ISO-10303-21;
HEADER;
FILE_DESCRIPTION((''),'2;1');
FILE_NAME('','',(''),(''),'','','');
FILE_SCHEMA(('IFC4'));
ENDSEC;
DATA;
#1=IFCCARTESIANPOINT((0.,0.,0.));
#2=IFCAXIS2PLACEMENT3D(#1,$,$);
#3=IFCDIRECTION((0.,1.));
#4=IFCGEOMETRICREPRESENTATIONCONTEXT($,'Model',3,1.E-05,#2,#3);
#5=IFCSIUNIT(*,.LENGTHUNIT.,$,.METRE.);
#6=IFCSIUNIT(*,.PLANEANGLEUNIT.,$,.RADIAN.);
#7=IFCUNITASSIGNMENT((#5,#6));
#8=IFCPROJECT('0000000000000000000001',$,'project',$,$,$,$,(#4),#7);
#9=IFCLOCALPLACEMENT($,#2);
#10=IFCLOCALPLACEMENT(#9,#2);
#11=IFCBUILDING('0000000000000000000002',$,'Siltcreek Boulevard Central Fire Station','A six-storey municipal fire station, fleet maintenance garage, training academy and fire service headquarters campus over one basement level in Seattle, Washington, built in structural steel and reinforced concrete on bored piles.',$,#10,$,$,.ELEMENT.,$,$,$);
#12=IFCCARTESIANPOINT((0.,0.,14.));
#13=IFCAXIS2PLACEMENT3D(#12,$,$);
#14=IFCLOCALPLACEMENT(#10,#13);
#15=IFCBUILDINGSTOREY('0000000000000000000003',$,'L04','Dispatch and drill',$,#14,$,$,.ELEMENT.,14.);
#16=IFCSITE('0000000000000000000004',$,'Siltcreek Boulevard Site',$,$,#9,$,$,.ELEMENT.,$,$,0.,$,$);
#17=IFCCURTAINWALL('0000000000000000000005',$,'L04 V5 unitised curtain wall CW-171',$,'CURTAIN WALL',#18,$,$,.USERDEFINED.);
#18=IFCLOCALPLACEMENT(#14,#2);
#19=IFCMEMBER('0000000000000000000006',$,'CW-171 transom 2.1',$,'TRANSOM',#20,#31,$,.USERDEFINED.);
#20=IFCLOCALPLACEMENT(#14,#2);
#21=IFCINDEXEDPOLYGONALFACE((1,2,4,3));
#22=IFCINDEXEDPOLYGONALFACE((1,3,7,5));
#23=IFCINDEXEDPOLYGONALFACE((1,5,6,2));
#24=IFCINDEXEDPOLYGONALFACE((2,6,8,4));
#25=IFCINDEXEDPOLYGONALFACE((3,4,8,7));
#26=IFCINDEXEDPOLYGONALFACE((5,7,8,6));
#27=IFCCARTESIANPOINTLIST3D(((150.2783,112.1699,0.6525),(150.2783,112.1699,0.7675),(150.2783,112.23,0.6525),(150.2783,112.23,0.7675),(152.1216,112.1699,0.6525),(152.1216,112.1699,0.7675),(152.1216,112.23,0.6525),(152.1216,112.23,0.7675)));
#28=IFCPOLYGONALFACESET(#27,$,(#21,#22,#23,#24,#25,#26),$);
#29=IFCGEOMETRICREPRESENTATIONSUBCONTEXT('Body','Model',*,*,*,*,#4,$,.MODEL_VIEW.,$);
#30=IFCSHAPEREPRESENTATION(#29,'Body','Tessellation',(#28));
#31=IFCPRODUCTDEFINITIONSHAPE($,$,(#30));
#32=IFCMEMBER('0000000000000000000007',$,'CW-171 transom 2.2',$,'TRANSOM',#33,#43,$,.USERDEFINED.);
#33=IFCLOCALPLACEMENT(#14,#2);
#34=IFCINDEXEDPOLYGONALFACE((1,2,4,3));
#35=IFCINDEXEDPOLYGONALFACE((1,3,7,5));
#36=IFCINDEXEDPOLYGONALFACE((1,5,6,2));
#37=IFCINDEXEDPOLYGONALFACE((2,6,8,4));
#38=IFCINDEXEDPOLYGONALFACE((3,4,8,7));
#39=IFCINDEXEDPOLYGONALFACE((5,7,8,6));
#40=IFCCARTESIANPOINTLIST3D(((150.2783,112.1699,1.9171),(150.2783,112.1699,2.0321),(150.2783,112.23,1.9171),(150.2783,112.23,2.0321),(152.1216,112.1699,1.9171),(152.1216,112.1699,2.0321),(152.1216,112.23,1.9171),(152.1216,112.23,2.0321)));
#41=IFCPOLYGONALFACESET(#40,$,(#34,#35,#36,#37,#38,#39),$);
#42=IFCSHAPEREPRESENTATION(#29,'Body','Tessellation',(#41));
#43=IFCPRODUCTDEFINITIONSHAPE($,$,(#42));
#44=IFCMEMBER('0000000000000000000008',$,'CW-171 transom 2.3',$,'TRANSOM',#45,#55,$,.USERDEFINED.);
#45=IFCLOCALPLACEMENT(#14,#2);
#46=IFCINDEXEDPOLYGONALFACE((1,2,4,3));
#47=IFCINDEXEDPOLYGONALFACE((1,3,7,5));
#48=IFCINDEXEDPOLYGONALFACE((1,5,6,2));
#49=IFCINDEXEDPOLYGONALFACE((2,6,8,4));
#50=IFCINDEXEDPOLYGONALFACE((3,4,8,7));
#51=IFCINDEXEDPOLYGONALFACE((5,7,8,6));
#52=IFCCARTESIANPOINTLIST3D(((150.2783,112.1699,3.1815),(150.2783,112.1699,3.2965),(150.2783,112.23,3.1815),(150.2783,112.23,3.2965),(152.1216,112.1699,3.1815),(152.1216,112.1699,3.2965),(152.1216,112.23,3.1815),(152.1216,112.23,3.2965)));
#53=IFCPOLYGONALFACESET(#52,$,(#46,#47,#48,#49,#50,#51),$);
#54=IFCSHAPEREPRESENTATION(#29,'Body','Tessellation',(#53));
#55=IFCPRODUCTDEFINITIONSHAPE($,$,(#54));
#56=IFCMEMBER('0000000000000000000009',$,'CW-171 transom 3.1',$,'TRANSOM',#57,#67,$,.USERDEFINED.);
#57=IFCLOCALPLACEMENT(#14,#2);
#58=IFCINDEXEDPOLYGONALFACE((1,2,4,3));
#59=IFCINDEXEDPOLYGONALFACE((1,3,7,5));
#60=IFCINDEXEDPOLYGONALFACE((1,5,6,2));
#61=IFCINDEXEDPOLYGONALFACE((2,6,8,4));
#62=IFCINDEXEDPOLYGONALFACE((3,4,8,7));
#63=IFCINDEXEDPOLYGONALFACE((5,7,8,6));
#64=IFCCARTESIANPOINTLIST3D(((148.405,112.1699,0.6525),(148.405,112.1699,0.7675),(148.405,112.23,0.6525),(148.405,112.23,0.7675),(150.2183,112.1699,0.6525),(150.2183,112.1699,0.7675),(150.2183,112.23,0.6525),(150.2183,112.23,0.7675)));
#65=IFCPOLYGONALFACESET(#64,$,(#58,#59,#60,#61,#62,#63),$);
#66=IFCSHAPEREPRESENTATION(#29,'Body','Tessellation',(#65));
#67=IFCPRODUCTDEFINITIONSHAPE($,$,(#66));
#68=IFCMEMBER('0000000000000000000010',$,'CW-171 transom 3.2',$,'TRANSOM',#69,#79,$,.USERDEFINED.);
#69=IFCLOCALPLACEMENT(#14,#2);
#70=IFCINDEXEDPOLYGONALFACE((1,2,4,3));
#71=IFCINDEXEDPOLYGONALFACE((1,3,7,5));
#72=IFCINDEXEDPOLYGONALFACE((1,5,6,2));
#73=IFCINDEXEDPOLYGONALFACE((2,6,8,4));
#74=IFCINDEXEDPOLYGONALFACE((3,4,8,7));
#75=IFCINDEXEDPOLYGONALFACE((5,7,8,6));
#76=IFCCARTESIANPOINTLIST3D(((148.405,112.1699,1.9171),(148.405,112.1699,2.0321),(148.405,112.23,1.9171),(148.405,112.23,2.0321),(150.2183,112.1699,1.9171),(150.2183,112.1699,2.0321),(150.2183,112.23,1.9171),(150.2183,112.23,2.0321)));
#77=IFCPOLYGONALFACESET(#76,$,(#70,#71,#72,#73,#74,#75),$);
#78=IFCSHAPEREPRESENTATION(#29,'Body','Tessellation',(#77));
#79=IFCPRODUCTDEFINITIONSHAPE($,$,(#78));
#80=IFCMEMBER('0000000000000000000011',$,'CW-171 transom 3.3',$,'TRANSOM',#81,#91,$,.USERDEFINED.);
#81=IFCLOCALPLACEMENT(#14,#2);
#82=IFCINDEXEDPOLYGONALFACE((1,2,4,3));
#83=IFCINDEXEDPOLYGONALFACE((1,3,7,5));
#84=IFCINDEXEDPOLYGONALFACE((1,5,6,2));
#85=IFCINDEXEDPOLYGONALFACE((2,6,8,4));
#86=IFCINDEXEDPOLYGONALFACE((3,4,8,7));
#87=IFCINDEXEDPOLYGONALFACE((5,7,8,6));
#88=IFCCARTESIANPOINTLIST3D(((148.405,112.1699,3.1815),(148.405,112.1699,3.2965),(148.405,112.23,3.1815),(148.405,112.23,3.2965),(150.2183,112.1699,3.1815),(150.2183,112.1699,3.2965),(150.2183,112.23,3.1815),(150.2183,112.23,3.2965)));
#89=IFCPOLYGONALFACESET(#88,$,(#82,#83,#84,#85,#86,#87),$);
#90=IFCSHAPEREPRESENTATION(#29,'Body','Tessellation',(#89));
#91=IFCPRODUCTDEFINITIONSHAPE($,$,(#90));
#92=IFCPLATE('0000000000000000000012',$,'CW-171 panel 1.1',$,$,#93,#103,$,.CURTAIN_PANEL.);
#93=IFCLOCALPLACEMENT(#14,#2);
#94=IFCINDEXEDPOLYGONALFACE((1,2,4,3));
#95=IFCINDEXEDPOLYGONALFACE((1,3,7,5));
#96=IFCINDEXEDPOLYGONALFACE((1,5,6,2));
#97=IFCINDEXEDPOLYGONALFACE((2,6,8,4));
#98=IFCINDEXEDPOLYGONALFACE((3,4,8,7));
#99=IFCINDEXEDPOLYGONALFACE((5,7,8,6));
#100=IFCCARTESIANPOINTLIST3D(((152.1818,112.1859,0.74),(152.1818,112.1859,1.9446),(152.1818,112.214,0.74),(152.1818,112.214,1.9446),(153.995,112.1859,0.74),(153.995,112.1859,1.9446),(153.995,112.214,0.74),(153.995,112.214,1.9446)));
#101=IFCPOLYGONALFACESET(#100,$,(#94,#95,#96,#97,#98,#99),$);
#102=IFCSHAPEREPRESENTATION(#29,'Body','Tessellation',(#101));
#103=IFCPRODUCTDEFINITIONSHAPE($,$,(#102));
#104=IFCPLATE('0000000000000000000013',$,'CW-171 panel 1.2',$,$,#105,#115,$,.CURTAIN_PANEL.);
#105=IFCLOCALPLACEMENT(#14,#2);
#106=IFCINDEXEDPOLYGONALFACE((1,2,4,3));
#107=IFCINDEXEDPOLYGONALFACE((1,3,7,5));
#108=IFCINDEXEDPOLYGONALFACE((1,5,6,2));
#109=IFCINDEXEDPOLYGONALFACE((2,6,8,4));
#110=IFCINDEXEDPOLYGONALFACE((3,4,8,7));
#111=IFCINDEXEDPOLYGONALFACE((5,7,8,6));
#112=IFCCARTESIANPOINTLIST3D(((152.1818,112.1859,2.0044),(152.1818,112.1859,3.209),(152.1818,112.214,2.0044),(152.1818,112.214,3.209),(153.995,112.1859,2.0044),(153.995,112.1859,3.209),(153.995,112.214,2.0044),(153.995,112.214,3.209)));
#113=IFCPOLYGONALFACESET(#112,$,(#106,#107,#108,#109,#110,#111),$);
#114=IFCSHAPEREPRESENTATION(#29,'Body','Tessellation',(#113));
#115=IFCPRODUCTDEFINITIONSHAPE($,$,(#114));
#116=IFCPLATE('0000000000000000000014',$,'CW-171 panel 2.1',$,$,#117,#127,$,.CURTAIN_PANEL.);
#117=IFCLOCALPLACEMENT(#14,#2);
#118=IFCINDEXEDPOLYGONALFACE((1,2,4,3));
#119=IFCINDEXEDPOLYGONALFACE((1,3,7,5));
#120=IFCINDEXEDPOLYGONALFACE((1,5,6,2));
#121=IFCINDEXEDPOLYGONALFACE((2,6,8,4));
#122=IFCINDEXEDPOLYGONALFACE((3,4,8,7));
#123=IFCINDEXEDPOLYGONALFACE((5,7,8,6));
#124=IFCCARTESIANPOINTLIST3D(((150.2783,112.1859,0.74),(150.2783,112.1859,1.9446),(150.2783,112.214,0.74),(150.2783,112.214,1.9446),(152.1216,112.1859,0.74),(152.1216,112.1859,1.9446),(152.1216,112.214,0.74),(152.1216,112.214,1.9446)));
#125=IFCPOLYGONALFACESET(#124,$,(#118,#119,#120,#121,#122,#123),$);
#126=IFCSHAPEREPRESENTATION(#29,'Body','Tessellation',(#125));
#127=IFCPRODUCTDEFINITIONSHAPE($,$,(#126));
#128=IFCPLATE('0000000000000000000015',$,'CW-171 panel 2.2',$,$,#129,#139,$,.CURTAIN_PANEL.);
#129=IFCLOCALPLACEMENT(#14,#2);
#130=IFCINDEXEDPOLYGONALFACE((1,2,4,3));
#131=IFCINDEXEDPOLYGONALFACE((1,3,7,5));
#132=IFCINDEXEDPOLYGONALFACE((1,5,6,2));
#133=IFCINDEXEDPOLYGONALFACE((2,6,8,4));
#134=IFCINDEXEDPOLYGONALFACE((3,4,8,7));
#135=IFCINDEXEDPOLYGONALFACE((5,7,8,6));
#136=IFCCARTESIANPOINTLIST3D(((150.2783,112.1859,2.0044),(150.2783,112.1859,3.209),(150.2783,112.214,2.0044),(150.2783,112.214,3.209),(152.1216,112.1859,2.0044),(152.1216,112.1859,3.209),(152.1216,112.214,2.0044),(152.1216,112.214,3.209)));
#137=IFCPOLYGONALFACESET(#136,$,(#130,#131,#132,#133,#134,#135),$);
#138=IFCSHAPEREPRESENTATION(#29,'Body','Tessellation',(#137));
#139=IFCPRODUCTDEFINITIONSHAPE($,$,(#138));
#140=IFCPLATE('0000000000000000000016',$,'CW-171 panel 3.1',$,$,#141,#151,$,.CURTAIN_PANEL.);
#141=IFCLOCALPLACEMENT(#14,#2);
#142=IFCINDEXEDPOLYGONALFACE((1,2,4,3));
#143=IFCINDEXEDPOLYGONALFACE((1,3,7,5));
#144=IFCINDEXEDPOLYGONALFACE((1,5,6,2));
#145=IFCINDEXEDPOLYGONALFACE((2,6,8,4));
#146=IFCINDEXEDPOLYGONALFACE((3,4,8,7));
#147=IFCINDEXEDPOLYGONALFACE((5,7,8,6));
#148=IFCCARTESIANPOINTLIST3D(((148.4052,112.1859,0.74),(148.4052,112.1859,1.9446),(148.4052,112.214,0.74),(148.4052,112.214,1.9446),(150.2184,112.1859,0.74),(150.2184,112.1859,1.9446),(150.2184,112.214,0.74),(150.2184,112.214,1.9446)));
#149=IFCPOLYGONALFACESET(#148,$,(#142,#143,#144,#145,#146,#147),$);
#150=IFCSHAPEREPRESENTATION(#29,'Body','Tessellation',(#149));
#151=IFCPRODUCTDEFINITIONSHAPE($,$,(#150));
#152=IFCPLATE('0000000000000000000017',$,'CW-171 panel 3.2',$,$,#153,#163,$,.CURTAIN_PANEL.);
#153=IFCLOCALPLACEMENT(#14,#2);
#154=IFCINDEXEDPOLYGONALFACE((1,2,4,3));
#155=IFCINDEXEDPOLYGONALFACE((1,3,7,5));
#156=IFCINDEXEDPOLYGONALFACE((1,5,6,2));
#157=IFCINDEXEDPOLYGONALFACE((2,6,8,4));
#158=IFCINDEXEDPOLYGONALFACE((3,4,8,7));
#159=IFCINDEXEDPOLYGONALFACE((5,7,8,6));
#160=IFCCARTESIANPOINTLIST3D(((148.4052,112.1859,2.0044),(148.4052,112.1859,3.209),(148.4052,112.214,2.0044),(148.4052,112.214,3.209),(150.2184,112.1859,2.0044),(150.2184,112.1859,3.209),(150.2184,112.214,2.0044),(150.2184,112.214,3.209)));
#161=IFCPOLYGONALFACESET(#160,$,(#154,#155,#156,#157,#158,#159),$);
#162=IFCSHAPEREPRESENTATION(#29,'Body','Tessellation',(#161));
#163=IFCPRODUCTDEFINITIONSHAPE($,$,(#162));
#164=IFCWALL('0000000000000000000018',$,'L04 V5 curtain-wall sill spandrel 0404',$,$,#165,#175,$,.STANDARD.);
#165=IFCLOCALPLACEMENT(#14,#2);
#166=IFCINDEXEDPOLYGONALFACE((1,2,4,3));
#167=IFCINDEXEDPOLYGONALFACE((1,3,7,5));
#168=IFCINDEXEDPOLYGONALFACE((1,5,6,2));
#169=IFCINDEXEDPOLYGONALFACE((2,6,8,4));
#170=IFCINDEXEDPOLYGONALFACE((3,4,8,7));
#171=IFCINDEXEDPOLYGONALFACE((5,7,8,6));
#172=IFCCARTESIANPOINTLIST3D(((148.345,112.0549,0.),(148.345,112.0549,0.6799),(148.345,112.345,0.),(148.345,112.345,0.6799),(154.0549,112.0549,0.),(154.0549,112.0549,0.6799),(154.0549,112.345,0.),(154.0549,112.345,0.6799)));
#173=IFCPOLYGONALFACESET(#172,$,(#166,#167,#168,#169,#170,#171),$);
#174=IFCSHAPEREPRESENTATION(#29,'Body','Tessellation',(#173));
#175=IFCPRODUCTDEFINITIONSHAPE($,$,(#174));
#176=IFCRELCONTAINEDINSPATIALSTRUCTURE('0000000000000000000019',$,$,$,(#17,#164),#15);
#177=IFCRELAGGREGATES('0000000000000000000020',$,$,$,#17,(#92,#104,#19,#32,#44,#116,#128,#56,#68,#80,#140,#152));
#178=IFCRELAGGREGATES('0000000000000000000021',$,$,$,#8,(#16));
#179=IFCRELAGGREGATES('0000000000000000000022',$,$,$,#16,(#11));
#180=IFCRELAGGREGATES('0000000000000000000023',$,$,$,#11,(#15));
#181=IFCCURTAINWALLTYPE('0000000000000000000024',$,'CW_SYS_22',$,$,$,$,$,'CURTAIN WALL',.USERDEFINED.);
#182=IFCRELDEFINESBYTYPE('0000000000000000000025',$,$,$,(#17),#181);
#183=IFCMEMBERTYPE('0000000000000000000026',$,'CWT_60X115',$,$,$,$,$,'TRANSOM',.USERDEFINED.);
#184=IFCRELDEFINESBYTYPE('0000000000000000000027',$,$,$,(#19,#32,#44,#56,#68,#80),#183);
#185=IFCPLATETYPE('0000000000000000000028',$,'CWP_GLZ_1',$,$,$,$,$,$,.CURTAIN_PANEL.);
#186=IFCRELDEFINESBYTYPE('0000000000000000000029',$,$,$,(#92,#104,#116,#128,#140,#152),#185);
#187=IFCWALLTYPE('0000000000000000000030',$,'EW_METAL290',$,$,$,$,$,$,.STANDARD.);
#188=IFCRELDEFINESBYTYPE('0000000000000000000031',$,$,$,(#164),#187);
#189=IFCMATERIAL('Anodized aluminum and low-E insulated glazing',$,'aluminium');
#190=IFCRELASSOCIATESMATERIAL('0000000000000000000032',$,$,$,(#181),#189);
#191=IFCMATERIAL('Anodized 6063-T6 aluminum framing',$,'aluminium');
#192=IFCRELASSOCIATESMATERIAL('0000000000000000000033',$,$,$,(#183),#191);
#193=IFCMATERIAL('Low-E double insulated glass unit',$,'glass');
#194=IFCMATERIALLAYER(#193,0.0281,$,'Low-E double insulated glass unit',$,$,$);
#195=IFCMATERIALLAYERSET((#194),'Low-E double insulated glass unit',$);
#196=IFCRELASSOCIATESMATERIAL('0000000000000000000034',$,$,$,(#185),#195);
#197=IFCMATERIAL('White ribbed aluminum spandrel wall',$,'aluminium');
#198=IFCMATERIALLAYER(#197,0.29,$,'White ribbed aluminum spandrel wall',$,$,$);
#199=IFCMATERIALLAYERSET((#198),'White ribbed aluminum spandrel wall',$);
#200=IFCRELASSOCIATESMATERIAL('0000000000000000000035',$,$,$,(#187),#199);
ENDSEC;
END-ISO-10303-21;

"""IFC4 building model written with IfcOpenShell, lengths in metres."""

from ifc_helpers import new_model, si_unit, direction, frame, frame_2d, origin, origin_2d, place, context, subcontext, project, spatial, rectangle, extrude, material, layer, layer_set, material_profile, profile_set, type_object, element, aggregate, save


model = new_model("IFC4")

# Units and contexts
model_context = context("Model", 3, precision=1e-05, world=origin(), true_north=direction((0.0, 1.0)))
body_context = subcontext(model_context, "Body", "Model", "MODEL_VIEW")
ifc_project = project(units=[si_unit("LENGTHUNIT", "METRE"), si_unit("PLANEANGLEUNIT", "RADIAN")], contexts=[model_context])

# Site, building, storey
site_placement = place(None, origin())
site = spatial("IfcSite", under=ifc_project, at=site_placement, Name="Siltcreek Boulevard Site", CompositionType="ELEMENT", RefElevation=0.0)
building_placement = place(site_placement, origin())
building = spatial("IfcBuilding", under=site, at=building_placement, Name="Siltcreek Boulevard Central Fire Station", Description="A six-storey municipal fire station, fleet maintenance garage, training academy and fire service headquarters campus over one basement level in Seattle, Washington, built in structural steel and reinforced concrete on bored piles.", CompositionType="ELEMENT")
storey_placement = place(building_placement, frame((0.0, 0.0, 14.0)))
storey = spatial("IfcBuildingStorey", under=building, at=storey_placement, Name="L04", Description="Dispatch and drill", CompositionType="ELEMENT", Elevation=14.0)

# Curtain wall, members, plates
ifc_material_1 = material(Name="Anodized aluminum and low-E insulated glazing", Category="aluminium")
curtain_wall_type = type_object("IfcCurtainWallType", Name="CW_SYS_22", ElementType="CURTAIN WALL", PredefinedType="USERDEFINED", material=ifc_material_1)
curtain_wall_placement = place(storey_placement, origin())
curtain_wall = element("IfcCurtainWall", 1, at=curtain_wall_placement, inside=storey, type_object=curtain_wall_type, Name="L04 V5 unitised curtain wall CW-171", ObjectType="CURTAIN WALL", PredefinedType="USERDEFINED")
ifc_material_2 = material(Name="Anodized 6063-T6 aluminum framing", Category="aluminium")
ifc_material_profile_1 = material_profile(ifc_material_2, rectangle(XDim=0.0601, YDim=0.115, at=origin_2d()), Name="TRAN60X115")
ifc_profile_set_1 = profile_set([ifc_material_profile_1], Name="Anodized 6063-T6 aluminum framing")
member_type_1 = type_object("IfcMemberType", Name="CWT_60X115", ElementType="TRANSOM", PredefinedType="USERDEFINED", material=ifc_profile_set_1)
member_1_placement = place(storey_placement, frame((152.1216, 112.2, 0.71), z_axis=(-1.0, 0.0, 0.0), x_axis=(0.0, -1.0, 0.0)))
member_1 = element("IfcMember", 2, at=member_1_placement, type_object=member_type_1, Name="CW-171 transom 2.1", ObjectType="TRANSOM", PredefinedType="USERDEFINED", context=body_context, shape_type="SweptSolid", body=[
    extrude(rectangle(XDim=0.0601, YDim=0.115, at=origin_2d()), origin(), (0.0, 0.0, 1.0), 1.8433),
])
member_2_placement = place(storey_placement, frame((152.1216, 112.2, 1.9746), z_axis=(-1.0, 0.0, 0.0), x_axis=(0.0, -1.0, 0.0)))
member_2 = element("IfcMember", 3, at=member_2_placement, type_object=member_type_1, Name="CW-171 transom 2.2", ObjectType="TRANSOM", PredefinedType="USERDEFINED", context=body_context, shape_type="SweptSolid", body=[
    extrude(rectangle(XDim=0.0601, YDim=0.115, at=origin_2d()), origin(), (0.0, 0.0, 1.0), 1.8433),
])
member_3_placement = place(storey_placement, frame((152.1216, 112.2, 3.239), z_axis=(-1.0, 0.0, 0.0), x_axis=(0.0, -1.0, 0.0)))
member_3 = element("IfcMember", 4, at=member_3_placement, type_object=member_type_1, Name="CW-171 transom 2.3", ObjectType="TRANSOM", PredefinedType="USERDEFINED", context=body_context, shape_type="SweptSolid", body=[
    extrude(rectangle(XDim=0.0601, YDim=0.115, at=origin_2d()), origin(), (0.0, 0.0, 1.0), 1.8433),
])
member_4_placement = place(storey_placement, frame((150.2183, 112.2, 0.71), z_axis=(-1.0, 0.0, 0.0), x_axis=(0.0, -1.0, 0.0)))
member_4 = element("IfcMember", 5, at=member_4_placement, type_object=member_type_1, Name="CW-171 transom 3.1", ObjectType="TRANSOM", PredefinedType="USERDEFINED", context=body_context, shape_type="SweptSolid", body=[
    extrude(rectangle(XDim=0.0601, YDim=0.115, at=origin_2d()), origin(), (0.0, 0.0, 1.0), 1.8132),
])
member_5_placement = place(storey_placement, frame((150.2183, 112.2, 1.9746), z_axis=(-1.0, 0.0, 0.0), x_axis=(0.0, -1.0, 0.0)))
member_5 = element("IfcMember", 6, at=member_5_placement, type_object=member_type_1, Name="CW-171 transom 3.2", ObjectType="TRANSOM", PredefinedType="USERDEFINED", context=body_context, shape_type="SweptSolid", body=[
    extrude(rectangle(XDim=0.0601, YDim=0.115, at=origin_2d()), origin(), (0.0, 0.0, 1.0), 1.8132),
])
member_6_placement = place(storey_placement, frame((150.2183, 112.2, 3.239), z_axis=(-1.0, 0.0, 0.0), x_axis=(0.0, -1.0, 0.0)))
member_6 = element("IfcMember", 7, at=member_6_placement, type_object=member_type_1, Name="CW-171 transom 3.3", ObjectType="TRANSOM", PredefinedType="USERDEFINED", context=body_context, shape_type="SweptSolid", body=[
    extrude(rectangle(XDim=0.0601, YDim=0.115, at=origin_2d()), origin(), (0.0, 0.0, 1.0), 1.8132),
])
ifc_material_3 = material(Name="Low-E double insulated glass unit", Category="glass")
ifc_layer_1 = layer(ifc_material_3, 0.0281, Name="Low-E double insulated glass unit")
ifc_layer_set_1 = layer_set([ifc_layer_1], Name="Low-E double insulated glass unit")
plate_type = type_object("IfcPlateType", Name="CWP_GLZ_1", PredefinedType="CURTAIN_PANEL", material=ifc_layer_set_1)
plate_1_placement = place(storey_placement, frame((153.0884, 112.2, 0.74), z_axis=(0.0, 0.0, 1.0), x_axis=(-1.0, 0.0, 0.0)))
plate_1 = element("IfcPlate", 8, at=plate_1_placement, type_object=plate_type, Name="CW-171 panel 1.1", PredefinedType="CURTAIN_PANEL", context=body_context, shape_type="SweptSolid", body=[
    extrude(rectangle(XDim=1.8132, YDim=0.0281, at=origin_2d()), origin(), (0.0, 0.0, 1.0), 1.2046),
])
plate_2_placement = place(storey_placement, frame((153.0884, 112.2, 2.0044), z_axis=(0.0, 0.0, 1.0), x_axis=(-1.0, 0.0, 0.0)))
plate_2 = element("IfcPlate", 9, at=plate_2_placement, type_object=plate_type, Name="CW-171 panel 1.2", PredefinedType="CURTAIN_PANEL", context=body_context, shape_type="SweptSolid", body=[
    extrude(rectangle(XDim=1.8132, YDim=0.0281, at=origin_2d()), origin(), (0.0, 0.0, 1.0), 1.2046),
])
plate_3_placement = place(storey_placement, frame((151.2, 112.2, 0.74), z_axis=(0.0, 0.0, 1.0), x_axis=(-1.0, 0.0, 0.0)))
plate_3 = element("IfcPlate", 10, at=plate_3_placement, type_object=plate_type, Name="CW-171 panel 2.1", PredefinedType="CURTAIN_PANEL", context=body_context, shape_type="SweptSolid", body=[
    extrude(rectangle(XDim=1.8433, YDim=0.0281, at=origin_2d()), origin(), (0.0, 0.0, 1.0), 1.2046),
])
plate_4_placement = place(storey_placement, frame((151.2, 112.2, 2.0044), z_axis=(0.0, 0.0, 1.0), x_axis=(-1.0, 0.0, 0.0)))
plate_4 = element("IfcPlate", 11, at=plate_4_placement, type_object=plate_type, Name="CW-171 panel 2.2", PredefinedType="CURTAIN_PANEL", context=body_context, shape_type="SweptSolid", body=[
    extrude(rectangle(XDim=1.8433, YDim=0.0281, at=origin_2d()), origin(), (0.0, 0.0, 1.0), 1.2046),
])
plate_5_placement = place(storey_placement, frame((149.3118, 112.2, 0.74), z_axis=(0.0, 0.0, 1.0), x_axis=(-1.0, 0.0, 0.0)))
plate_5 = element("IfcPlate", 12, at=plate_5_placement, type_object=plate_type, Name="CW-171 panel 3.1", PredefinedType="CURTAIN_PANEL", context=body_context, shape_type="SweptSolid", body=[
    extrude(rectangle(XDim=1.8132, YDim=0.0281, at=origin_2d()), origin(), (0.0, 0.0, 1.0), 1.2046),
])
plate_6_placement = place(storey_placement, frame((149.3118, 112.2, 2.0044), z_axis=(0.0, 0.0, 1.0), x_axis=(-1.0, 0.0, 0.0)))
plate_6 = element("IfcPlate", 13, at=plate_6_placement, type_object=plate_type, Name="CW-171 panel 3.2", PredefinedType="CURTAIN_PANEL", context=body_context, shape_type="SweptSolid", body=[
    extrude(rectangle(XDim=1.8132, YDim=0.0281, at=origin_2d()), origin(), (0.0, 0.0, 1.0), 1.2046),
])
aggregate(curtain_wall, [plate_1, plate_2, member_1, member_2, member_3, plate_3, plate_4, member_4, member_5, member_6, plate_5, plate_6])

# Wall
ifc_material_4 = material(Name="White ribbed aluminum spandrel wall", Category="aluminium")
ifc_layer_2 = layer(ifc_material_4, 0.29, Name="White ribbed aluminum spandrel wall")
ifc_layer_set_2 = layer_set([ifc_layer_2], Name="White ribbed aluminum spandrel wall")
wall_type_1 = type_object("IfcWallType", Name="EW_METAL290", PredefinedType="STANDARD", material=ifc_layer_set_2)
wall_1_placement = place(storey_placement, frame((154.0549, 112.2, 0.0), z_axis=(0.0, 0.0, 1.0), x_axis=(-1.0, 0.0, 0.0)))
element("IfcWall", 14, at=wall_1_placement, inside=storey, type_object=wall_type_1, Name="L04 V5 curtain-wall sill spandrel 0404", PredefinedType="STANDARD", context=body_context, shape_type="SweptSolid", body=[
    extrude(rectangle(XDim=5.71, YDim=0.29, at=frame_2d((2.855, 0.0))), origin(), (0.0, 0.0, 1.0), 0.6799),
])

save(model, "model.ifc")
